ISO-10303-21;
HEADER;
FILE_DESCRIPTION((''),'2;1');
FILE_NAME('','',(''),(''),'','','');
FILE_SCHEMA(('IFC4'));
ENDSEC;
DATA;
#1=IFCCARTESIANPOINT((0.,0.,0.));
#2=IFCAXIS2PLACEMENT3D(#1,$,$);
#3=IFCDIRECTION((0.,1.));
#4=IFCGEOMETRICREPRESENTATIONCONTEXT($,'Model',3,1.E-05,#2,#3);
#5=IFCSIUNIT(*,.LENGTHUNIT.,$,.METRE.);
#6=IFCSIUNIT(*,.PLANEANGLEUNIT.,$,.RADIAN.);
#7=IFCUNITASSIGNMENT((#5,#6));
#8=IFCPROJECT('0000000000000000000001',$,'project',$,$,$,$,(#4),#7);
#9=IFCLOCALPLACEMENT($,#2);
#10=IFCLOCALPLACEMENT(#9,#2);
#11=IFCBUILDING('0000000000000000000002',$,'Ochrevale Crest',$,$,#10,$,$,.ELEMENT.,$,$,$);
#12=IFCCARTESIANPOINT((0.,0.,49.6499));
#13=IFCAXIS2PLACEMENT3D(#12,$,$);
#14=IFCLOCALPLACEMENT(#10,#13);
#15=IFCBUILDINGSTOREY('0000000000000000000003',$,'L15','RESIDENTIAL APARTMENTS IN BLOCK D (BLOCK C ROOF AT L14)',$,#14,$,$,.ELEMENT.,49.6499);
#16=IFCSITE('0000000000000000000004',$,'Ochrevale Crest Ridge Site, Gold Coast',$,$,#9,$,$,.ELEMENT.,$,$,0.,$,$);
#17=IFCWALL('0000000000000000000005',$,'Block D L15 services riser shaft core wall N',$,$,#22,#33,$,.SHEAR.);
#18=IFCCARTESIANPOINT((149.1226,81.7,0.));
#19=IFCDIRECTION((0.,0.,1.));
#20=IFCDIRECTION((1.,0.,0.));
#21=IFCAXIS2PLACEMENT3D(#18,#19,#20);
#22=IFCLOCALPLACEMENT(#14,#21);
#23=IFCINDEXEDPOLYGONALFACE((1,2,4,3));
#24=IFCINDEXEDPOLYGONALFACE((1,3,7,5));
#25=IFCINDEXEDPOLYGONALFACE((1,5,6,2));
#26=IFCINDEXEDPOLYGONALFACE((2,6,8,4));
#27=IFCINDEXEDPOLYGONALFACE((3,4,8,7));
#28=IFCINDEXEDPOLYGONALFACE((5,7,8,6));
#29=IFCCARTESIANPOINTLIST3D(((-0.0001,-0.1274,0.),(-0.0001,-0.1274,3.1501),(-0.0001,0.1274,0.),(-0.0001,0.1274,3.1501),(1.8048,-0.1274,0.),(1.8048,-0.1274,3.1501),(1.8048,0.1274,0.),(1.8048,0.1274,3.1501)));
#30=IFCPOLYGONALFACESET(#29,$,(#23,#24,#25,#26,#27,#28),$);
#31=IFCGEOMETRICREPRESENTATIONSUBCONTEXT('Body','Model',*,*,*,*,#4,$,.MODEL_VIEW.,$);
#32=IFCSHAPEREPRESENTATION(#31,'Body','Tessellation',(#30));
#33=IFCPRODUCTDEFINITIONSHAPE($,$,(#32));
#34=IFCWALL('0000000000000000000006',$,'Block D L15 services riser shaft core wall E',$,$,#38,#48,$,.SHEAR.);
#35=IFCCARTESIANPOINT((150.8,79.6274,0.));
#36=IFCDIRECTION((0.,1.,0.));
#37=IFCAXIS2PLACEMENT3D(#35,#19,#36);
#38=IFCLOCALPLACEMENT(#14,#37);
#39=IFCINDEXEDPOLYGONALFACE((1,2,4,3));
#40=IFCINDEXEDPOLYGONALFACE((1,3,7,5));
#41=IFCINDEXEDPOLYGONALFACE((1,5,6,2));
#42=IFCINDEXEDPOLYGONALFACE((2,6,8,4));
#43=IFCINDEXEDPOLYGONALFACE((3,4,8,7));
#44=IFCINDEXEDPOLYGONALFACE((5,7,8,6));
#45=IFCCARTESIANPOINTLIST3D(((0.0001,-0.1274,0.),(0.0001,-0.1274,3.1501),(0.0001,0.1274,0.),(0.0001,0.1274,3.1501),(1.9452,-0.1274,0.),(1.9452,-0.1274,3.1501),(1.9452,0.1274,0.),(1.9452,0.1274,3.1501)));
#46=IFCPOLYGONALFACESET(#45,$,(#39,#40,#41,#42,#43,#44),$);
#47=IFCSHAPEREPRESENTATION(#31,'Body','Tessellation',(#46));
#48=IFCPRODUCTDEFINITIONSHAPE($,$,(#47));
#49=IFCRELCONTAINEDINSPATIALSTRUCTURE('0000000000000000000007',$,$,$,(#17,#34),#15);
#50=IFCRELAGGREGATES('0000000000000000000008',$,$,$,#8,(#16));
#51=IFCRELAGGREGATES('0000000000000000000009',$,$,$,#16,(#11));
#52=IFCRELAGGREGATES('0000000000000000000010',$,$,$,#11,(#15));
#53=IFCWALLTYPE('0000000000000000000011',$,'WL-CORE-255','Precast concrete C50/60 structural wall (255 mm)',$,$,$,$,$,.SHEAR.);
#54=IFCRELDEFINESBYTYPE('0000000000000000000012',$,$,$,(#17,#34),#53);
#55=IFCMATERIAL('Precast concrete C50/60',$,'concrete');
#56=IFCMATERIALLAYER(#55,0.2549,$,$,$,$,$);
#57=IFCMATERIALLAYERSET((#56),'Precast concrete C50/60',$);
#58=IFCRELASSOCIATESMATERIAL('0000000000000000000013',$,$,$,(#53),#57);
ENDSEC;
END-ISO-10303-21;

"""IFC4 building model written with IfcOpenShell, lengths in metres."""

from ifc_helpers import new_model, si_unit, direction, frame, frame_2d, origin, place, context, subcontext, project, spatial, rectangle, extrude, material, layer, layer_set, type_object, element, save


model = new_model("IFC4")

# Units and contexts
model_context = context("Model", 3, precision=1e-05, world=origin(), true_north=direction((0.0, 1.0)))
body_context = subcontext(model_context, "Body", "Model", "MODEL_VIEW")
ifc_project = project(units=[si_unit("LENGTHUNIT", "METRE"), si_unit("PLANEANGLEUNIT", "RADIAN")], contexts=[model_context])

# Site, building, storey
site_placement = place(None, origin())
site = spatial("IfcSite", under=ifc_project, at=site_placement, Name="Ochrevale Crest Ridge Site, Gold Coast", CompositionType="ELEMENT", RefElevation=0.0)
building_placement = place(site_placement, origin())
building = spatial("IfcBuilding", under=site, at=building_placement, Name="Ochrevale Crest", CompositionType="ELEMENT")
storey_placement = place(building_placement, frame((0.0, 0.0, 49.6499)))
storey = spatial("IfcBuildingStorey", under=building, at=storey_placement, Name="L15", Description="RESIDENTIAL APARTMENTS IN BLOCK D (BLOCK C ROOF AT L14)", CompositionType="ELEMENT", Elevation=49.6499)

# Shared definitions
ifc_material_1 = material(Name="Precast concrete C50/60", Category="concrete")

# Shared definitions
ifc_layer_1 = layer(ifc_material_1, 0.2549)
ifc_layer_set_1 = layer_set([ifc_layer_1], Name="Precast concrete C50/60")
wall_type_1 = type_object("IfcWallType", Name="WL-CORE-255", Description="Precast concrete C50/60 structural wall (255 mm)", PredefinedType="SHEAR", material=ifc_layer_set_1)

# Walls
wall_1_placement = place(storey_placement, frame((149.1226, 81.7, 0.0), z_axis=(0.0, 0.0, 1.0), x_axis=(1.0, 0.0, 0.0)))
element("IfcWall", 1, at=wall_1_placement, inside=storey, type_object=wall_type_1, Name="Block D L15 services riser shaft core wall N", PredefinedType="SHEAR", context=body_context, shape_type="SweptSolid", body=[
    extrude(rectangle(XDim=1.8049, YDim=0.2549, at=frame_2d((0.9023, 0.0))), origin(), (0.0, 0.0, 1.0), 3.1501),
])
wall_2_placement = place(storey_placement, frame((150.8, 79.6274, 0.0), z_axis=(0.0, 0.0, 1.0), x_axis=(0.0, 1.0, 0.0)))
element("IfcWall", 2, at=wall_2_placement, inside=storey, type_object=wall_type_1, Name="Block D L15 services riser shaft core wall E", PredefinedType="SHEAR", context=body_context, shape_type="SweptSolid", body=[
    extrude(rectangle(XDim=1.9451, YDim=0.2549, at=frame_2d((0.9727, 0.0))), origin(), (0.0, 0.0, 1.0), 3.1501),
])

save(model, "model.ifc")
